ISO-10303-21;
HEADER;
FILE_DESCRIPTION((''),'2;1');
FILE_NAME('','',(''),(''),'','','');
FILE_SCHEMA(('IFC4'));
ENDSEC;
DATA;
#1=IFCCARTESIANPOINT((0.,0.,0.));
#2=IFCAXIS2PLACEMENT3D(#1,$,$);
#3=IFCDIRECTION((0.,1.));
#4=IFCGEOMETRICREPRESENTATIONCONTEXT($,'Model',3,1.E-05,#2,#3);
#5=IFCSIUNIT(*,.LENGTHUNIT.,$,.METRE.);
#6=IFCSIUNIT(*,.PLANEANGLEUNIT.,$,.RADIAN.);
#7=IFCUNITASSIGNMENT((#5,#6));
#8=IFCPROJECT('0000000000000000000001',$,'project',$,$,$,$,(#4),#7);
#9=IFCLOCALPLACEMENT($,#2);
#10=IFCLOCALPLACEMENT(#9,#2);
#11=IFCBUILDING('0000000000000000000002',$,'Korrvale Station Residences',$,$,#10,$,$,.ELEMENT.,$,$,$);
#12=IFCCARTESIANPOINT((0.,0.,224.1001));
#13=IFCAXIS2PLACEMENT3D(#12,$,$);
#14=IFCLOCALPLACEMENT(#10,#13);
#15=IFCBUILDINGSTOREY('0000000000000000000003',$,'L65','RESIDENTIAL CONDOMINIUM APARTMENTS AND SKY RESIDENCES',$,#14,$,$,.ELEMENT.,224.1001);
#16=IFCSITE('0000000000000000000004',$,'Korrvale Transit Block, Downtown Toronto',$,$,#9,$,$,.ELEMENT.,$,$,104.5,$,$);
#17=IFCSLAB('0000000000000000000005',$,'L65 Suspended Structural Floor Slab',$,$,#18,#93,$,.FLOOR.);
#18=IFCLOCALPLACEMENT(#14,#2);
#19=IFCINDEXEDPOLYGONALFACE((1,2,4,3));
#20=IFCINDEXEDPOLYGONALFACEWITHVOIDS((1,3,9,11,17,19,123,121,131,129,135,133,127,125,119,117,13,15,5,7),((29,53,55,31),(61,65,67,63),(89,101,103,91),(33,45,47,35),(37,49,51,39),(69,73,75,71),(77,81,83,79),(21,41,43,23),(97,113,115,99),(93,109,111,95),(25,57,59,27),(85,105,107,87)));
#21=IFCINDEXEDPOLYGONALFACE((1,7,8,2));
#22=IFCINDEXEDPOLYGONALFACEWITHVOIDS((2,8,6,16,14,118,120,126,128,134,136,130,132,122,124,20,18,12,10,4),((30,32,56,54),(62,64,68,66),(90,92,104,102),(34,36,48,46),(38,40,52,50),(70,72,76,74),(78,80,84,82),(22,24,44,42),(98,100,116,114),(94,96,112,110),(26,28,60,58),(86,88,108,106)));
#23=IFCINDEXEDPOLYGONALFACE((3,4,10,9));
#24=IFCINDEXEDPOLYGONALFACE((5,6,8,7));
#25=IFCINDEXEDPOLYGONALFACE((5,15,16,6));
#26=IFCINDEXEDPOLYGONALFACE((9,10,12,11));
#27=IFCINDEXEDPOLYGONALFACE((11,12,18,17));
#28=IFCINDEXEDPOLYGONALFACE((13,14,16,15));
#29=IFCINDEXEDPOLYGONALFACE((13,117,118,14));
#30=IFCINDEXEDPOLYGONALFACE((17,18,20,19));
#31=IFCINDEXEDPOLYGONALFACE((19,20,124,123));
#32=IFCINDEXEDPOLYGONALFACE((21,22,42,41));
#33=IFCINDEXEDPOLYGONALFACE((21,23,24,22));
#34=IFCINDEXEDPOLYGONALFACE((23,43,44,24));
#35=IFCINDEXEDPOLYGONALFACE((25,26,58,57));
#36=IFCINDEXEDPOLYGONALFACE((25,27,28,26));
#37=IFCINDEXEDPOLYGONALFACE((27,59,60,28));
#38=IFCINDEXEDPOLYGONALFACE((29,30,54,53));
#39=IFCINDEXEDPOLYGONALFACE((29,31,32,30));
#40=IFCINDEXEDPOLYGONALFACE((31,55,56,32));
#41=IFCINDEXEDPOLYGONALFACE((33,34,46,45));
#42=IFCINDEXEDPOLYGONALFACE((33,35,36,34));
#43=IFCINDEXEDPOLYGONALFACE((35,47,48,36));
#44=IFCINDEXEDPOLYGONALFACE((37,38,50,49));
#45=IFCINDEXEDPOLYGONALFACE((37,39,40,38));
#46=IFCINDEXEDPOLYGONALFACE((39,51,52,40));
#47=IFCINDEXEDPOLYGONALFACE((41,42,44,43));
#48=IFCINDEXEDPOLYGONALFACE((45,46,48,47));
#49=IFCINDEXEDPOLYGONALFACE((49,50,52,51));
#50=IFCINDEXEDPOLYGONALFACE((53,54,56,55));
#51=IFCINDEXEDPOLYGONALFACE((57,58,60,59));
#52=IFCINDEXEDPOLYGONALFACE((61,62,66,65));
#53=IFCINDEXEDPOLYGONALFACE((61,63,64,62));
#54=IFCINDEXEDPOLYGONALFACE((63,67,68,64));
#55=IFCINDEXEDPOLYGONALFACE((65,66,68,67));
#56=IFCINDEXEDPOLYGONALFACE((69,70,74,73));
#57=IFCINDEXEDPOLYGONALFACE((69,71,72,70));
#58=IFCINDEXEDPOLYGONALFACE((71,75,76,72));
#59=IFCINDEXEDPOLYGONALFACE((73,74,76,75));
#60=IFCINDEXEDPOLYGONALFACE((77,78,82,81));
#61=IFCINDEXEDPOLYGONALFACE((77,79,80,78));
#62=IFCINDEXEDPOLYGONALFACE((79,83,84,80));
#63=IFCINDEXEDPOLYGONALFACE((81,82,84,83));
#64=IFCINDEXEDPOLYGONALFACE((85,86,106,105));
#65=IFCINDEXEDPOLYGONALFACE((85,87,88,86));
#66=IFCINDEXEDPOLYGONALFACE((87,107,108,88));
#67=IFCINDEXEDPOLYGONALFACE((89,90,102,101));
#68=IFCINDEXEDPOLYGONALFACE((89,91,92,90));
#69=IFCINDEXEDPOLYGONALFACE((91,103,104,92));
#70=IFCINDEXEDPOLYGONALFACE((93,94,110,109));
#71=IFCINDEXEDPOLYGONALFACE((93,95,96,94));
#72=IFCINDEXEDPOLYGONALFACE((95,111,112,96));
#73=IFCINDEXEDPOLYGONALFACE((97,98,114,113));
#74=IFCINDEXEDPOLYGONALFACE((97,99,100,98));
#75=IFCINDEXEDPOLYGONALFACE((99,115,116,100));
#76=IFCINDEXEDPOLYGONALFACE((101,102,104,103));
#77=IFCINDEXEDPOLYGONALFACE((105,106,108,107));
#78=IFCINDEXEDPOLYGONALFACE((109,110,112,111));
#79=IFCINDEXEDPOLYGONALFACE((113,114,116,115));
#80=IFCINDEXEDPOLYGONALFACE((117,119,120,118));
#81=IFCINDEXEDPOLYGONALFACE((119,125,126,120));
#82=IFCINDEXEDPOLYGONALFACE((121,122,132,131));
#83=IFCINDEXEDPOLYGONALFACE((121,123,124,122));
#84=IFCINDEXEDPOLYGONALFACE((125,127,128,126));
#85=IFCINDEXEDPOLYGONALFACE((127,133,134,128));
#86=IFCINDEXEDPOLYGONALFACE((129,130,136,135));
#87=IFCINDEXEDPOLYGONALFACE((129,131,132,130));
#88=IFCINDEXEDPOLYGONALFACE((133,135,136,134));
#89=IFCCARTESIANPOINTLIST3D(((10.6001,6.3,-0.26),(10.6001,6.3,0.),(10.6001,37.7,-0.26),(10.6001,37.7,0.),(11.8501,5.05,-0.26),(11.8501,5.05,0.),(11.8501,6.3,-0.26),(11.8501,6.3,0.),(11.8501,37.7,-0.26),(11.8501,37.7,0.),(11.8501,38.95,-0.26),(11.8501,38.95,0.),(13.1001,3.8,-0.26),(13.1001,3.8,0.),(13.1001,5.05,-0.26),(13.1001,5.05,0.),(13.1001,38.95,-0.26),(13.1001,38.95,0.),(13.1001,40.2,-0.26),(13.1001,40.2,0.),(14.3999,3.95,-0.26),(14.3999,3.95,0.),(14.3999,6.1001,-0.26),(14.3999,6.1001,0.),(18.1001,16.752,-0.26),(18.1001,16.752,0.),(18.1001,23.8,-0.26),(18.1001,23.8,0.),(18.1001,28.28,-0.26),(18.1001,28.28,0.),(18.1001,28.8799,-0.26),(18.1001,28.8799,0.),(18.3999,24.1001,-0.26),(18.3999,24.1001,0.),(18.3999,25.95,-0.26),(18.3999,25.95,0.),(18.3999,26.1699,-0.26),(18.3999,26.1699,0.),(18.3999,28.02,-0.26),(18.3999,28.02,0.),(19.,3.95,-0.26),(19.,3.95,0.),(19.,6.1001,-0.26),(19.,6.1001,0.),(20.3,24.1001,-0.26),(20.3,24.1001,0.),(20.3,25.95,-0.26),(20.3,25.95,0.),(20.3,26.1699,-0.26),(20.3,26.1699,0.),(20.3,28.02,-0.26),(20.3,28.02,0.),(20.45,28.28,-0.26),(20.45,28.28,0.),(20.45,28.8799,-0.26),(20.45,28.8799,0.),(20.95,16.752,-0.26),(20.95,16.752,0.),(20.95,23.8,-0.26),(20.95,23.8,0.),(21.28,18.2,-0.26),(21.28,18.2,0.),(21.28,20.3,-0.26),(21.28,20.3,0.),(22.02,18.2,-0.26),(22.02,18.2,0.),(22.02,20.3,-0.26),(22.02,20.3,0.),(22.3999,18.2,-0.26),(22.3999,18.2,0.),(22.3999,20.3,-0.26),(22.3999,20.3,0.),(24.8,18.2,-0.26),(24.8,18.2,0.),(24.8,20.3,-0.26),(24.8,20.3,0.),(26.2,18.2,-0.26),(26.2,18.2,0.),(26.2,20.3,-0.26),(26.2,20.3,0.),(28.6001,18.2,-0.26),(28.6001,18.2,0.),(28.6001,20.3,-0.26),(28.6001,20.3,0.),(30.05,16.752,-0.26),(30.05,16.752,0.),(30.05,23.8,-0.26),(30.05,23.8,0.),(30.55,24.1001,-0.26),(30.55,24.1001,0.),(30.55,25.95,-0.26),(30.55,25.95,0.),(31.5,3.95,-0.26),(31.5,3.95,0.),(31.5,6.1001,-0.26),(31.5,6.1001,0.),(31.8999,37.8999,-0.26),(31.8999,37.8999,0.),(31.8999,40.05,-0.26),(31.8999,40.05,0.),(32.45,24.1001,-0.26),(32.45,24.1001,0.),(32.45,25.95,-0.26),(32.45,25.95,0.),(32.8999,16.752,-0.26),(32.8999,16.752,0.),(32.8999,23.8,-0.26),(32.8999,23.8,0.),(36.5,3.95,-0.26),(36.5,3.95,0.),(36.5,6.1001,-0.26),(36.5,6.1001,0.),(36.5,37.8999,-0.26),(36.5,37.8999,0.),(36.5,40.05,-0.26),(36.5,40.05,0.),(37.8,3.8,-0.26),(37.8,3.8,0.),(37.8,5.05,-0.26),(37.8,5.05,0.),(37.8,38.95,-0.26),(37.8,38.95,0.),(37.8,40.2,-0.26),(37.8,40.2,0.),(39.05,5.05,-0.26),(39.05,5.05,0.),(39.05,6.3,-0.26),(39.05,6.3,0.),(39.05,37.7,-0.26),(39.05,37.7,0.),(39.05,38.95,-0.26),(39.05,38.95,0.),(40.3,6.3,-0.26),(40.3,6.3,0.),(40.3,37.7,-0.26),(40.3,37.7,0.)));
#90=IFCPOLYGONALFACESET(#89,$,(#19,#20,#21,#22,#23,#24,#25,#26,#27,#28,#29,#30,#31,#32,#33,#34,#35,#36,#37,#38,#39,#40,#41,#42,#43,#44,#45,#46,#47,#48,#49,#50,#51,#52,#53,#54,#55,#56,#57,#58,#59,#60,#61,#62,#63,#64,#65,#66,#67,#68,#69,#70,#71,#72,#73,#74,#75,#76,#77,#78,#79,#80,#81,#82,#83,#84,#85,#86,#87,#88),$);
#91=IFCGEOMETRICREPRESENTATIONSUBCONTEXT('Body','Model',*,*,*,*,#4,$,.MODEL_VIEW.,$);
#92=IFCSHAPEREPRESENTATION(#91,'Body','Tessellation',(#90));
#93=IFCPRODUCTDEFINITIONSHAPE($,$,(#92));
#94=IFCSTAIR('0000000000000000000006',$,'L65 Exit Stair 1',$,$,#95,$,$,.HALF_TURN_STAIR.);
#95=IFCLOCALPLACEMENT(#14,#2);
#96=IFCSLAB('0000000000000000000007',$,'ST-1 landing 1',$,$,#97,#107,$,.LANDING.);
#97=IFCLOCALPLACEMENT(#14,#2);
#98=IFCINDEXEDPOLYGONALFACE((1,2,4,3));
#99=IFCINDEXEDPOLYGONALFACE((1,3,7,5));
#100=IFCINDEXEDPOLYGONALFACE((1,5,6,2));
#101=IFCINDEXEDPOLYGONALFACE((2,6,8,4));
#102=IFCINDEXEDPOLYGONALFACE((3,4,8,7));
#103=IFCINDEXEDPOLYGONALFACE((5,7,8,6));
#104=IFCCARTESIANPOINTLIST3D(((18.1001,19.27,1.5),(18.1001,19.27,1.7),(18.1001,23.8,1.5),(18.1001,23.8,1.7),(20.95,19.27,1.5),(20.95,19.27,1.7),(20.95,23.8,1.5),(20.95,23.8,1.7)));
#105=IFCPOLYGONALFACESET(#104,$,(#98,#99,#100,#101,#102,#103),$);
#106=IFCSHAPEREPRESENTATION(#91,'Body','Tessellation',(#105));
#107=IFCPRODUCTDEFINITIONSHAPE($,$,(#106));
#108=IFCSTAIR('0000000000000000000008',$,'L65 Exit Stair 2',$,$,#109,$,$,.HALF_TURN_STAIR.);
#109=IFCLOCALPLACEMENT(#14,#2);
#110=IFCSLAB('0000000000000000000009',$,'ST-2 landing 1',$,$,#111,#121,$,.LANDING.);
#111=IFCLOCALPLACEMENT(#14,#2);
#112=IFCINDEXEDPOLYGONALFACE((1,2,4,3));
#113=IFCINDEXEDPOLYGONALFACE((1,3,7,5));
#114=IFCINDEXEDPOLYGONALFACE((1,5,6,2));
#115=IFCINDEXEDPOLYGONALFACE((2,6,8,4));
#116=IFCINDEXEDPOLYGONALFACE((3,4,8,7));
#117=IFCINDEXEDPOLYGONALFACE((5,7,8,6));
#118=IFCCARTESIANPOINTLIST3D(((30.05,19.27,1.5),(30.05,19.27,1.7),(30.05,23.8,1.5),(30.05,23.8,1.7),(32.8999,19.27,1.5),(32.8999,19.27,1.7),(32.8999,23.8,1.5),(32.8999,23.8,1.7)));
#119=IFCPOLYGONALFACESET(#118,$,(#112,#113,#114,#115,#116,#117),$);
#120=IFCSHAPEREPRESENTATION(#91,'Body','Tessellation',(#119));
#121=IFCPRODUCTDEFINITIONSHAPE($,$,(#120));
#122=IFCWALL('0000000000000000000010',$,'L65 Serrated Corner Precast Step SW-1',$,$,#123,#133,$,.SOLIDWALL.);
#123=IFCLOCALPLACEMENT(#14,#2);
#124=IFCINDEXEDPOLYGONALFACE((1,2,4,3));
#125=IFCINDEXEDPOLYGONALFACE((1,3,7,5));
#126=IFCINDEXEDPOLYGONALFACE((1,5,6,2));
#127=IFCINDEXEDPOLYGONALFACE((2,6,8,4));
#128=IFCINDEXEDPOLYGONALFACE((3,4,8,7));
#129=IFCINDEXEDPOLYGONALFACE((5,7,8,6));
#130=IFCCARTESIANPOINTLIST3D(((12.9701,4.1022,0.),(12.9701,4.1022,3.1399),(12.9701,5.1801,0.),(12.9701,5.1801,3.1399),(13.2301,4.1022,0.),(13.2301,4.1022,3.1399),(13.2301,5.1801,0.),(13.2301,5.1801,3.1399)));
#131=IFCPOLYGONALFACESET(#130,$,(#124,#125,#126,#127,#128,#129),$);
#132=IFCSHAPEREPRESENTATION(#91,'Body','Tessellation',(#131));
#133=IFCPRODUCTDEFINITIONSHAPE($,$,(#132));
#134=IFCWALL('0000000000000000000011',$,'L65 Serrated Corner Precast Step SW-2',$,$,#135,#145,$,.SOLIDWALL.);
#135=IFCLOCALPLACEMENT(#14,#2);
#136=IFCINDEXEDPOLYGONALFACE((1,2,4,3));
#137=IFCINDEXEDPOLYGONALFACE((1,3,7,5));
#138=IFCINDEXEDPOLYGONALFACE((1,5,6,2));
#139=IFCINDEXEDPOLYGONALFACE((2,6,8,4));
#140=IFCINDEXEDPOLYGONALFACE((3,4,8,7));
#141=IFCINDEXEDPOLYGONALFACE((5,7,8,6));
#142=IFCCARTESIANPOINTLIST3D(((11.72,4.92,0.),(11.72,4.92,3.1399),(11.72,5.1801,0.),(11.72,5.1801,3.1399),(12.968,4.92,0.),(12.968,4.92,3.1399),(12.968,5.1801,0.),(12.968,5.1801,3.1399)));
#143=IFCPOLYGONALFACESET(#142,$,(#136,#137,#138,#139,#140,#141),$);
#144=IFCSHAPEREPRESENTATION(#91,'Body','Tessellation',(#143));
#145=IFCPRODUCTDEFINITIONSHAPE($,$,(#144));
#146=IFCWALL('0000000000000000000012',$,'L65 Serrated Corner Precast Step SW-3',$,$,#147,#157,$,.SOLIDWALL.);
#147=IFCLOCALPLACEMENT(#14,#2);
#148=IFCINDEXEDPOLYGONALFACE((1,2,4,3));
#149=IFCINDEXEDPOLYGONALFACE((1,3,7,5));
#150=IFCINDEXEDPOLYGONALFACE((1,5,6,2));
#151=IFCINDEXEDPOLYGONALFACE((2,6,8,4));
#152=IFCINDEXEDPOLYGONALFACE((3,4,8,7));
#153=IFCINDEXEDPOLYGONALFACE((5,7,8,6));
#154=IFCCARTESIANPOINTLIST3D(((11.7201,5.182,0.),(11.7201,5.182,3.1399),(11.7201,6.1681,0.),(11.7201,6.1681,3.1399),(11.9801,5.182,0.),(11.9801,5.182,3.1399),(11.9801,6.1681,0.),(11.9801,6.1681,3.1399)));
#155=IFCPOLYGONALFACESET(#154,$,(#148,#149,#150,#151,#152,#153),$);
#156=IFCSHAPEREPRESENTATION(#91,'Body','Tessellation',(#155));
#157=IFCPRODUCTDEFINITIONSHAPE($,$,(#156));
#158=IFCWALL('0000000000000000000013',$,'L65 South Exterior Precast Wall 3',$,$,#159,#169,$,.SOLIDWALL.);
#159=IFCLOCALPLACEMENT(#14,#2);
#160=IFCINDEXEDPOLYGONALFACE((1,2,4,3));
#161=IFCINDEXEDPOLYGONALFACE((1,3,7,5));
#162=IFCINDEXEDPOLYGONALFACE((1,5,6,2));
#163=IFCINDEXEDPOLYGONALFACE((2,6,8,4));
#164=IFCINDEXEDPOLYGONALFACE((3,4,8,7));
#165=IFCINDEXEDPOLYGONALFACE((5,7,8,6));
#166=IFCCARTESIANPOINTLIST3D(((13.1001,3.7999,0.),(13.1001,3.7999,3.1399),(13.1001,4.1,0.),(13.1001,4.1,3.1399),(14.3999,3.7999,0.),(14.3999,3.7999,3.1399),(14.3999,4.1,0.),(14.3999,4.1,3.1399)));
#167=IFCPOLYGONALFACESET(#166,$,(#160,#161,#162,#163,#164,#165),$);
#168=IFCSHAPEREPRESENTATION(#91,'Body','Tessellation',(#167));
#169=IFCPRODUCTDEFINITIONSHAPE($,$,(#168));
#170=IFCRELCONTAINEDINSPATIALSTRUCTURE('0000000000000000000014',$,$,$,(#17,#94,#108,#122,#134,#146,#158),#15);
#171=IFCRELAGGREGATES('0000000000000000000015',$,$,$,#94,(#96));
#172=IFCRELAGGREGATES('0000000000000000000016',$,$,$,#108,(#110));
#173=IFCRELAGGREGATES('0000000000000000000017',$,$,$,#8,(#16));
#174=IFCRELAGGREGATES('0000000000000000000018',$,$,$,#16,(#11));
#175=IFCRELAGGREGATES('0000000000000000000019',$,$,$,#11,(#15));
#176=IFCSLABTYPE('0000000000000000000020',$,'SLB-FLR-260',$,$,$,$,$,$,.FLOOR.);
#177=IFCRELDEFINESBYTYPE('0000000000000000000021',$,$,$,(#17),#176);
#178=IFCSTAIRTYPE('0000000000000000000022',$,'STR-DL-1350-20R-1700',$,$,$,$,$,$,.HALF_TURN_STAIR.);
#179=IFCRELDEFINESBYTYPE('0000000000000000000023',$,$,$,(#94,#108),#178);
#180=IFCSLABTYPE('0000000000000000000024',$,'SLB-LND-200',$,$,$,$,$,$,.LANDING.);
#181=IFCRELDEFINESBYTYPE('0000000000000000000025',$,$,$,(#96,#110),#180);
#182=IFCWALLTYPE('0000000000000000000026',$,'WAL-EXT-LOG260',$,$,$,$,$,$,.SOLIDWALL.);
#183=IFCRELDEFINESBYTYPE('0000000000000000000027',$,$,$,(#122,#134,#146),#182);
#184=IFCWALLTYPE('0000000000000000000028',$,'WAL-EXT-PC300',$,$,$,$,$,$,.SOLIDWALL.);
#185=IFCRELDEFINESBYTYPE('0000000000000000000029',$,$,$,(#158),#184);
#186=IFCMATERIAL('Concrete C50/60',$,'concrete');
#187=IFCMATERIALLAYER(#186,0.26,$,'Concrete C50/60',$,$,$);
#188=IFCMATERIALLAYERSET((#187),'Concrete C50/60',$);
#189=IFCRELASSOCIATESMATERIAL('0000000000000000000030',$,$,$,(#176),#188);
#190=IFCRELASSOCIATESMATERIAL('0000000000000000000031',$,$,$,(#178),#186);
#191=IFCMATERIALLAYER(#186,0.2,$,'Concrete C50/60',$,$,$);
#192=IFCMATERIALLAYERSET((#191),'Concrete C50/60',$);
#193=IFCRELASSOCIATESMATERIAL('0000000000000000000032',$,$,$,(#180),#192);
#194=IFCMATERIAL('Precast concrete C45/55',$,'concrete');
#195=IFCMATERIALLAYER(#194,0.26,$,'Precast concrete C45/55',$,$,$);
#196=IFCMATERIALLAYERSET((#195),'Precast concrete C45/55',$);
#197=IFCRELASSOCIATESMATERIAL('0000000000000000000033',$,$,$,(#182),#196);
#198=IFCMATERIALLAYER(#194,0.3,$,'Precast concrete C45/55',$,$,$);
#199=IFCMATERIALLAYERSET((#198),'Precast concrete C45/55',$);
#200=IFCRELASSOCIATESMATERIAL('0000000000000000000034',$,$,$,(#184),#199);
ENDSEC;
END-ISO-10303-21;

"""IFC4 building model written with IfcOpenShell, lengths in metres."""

from ifc_helpers import new_model, si_unit, direction, frame, frame_2d, origin, place, context, subcontext, project, spatial, polyline, rectangle, outline, extrude, material, layer, layer_set, type_object, element, aggregate, save


model = new_model("IFC4")

# Units and contexts
model_context = context("Model", 3, precision=1e-05, world=origin(), true_north=direction((0.0, 1.0)))
body_context = subcontext(model_context, "Body", "Model", "MODEL_VIEW")
ifc_project = project(units=[si_unit("LENGTHUNIT", "METRE"), si_unit("PLANEANGLEUNIT", "RADIAN")], contexts=[model_context])

# Site, building, storey
site_placement = place(None, origin())
site = spatial("IfcSite", under=ifc_project, at=site_placement, Name="Korrvale Transit Block, Downtown Toronto", CompositionType="ELEMENT", RefElevation=104.5)
building_placement = place(site_placement, origin())
building = spatial("IfcBuilding", under=site, at=building_placement, Name="Korrvale Station Residences", CompositionType="ELEMENT")
storey_placement = place(building_placement, frame((0.0, 0.0, 224.1001)))
storey = spatial("IfcBuildingStorey", under=building, at=storey_placement, Name="L65", Description="RESIDENTIAL CONDOMINIUM APARTMENTS AND SKY RESIDENCES", CompositionType="ELEMENT", Elevation=224.1001)

# Shared definitions
ifc_material_1 = material(Name="Concrete C50/60", Category="concrete")

# Slab
ifc_layer_1 = layer(ifc_material_1, 0.26, Name="Concrete C50/60")
ifc_layer_set_1 = layer_set([ifc_layer_1], Name="Concrete C50/60")
slab_type_1 = type_object("IfcSlabType", Name="SLB-FLR-260", PredefinedType="FLOOR", material=ifc_layer_set_1)
slab_1_placement = place(storey_placement, frame((0.0, 0.0, -0.26)))
element("IfcSlab", 1, at=slab_1_placement, inside=storey, type_object=slab_type_1, Name="L65 Suspended Structural Floor Slab", PredefinedType="FLOOR", context=body_context, shape_type="SweptSolid", body=[
    extrude(outline(polyline([(13.1001, 3.8), (37.8, 3.8), (37.8, 5.05), (39.05, 5.05), (39.05, 6.3), (40.3, 6.3), (40.3, 37.7), (39.05, 37.7), (39.05, 38.95), (37.8, 38.95), (37.8, 40.2), (13.1001, 40.2), (13.1001, 38.95), (11.8501, 38.95), (11.8501, 37.7), (10.6001, 37.7), (10.6001, 6.3), (11.8501, 6.3), (11.8501, 5.05), (13.1001, 5.05), (13.1001, 3.8)]), holes=[polyline([(20.95, 16.752), (20.95, 23.8), (18.1001, 23.8), (18.1001, 16.752), (20.95, 16.752)]), polyline([(32.8999, 16.752), (32.8999, 23.8), (30.05, 23.8), (30.05, 16.752), (32.8999, 16.752)]), polyline([(18.3999, 24.1001), (20.3, 24.1001), (20.3, 25.95), (18.3999, 25.95), (18.3999, 24.1001)]), polyline([(18.3999, 26.1699), (20.3, 26.1699), (20.3, 28.02), (18.3999, 28.02), (18.3999, 26.1699)]), polyline([(30.55, 24.1001), (32.45, 24.1001), (32.45, 25.95), (30.55, 25.95), (30.55, 24.1001)]), polyline([(22.3999, 18.2), (24.8, 18.2), (24.8, 20.3), (22.3999, 20.3), (22.3999, 18.2)]), polyline([(26.2, 18.2), (28.6001, 18.2), (28.6001, 20.3), (26.2, 20.3), (26.2, 18.2)]), polyline([(18.1001, 28.28), (20.45, 28.28), (20.45, 28.8799), (18.1001, 28.8799), (18.1001, 28.28)]), polyline([(21.28, 18.2), (22.02, 18.2), (22.02, 20.3), (21.28, 20.3), (21.28, 18.2)]), polyline([(14.3999, 3.95), (19.0, 3.95), (19.0, 6.1001), (14.3999, 6.1001), (14.3999, 3.95)]), polyline([(31.8999, 37.8999), (36.5, 37.8999), (36.5, 40.05), (31.8999, 40.05), (31.8999, 37.8999)]), polyline([(31.5, 3.95), (36.5, 3.95), (36.5, 6.1001), (31.5, 6.1001), (31.5, 3.95)])]), origin(), (0.0, 0.0, 1.0), 0.26),
])

# Stairs, slabs
stair_type = type_object("IfcStairType", Name="STR-DL-1350-20R-1700", PredefinedType="HALF_TURN_STAIR", material=ifc_material_1)
stair_1_placement = place(storey_placement, origin())
stair_1 = element("IfcStair", 2, at=stair_1_placement, inside=storey, type_object=stair_type, Name="L65 Exit Stair 1", PredefinedType="HALF_TURN_STAIR")
ifc_layer_2 = layer(ifc_material_1, 0.2, Name="Concrete C50/60")
ifc_layer_set_2 = layer_set([ifc_layer_2], Name="Concrete C50/60")
slab_type_2 = type_object("IfcSlabType", Name="SLB-LND-200", PredefinedType="LANDING", material=ifc_layer_set_2)
slab_2_placement = place(storey_placement, frame((0.0, 0.0, 1.5)))
slab_2 = element("IfcSlab", 3, at=slab_2_placement, type_object=slab_type_2, Name="ST-1 landing 1", PredefinedType="LANDING", context=body_context, shape_type="SweptSolid", body=[
    extrude(outline(polyline([(20.95, 19.27), (20.95, 23.8), (18.1001, 23.8), (18.1001, 19.27), (20.95, 19.27)])), origin(), (0.0, 0.0, 1.0), 0.2),
])
aggregate(stair_1, [slab_2])
stair_2_placement = place(storey_placement, origin())
stair_2 = element("IfcStair", 4, at=stair_2_placement, inside=storey, type_object=stair_type, Name="L65 Exit Stair 2", PredefinedType="HALF_TURN_STAIR")
slab_3_placement = place(storey_placement, frame((0.0, 0.0, 1.5)))
slab_3 = element("IfcSlab", 5, at=slab_3_placement, type_object=slab_type_2, Name="ST-2 landing 1", PredefinedType="LANDING", context=body_context, shape_type="SweptSolid", body=[
    extrude(outline(polyline([(32.8999, 19.27), (32.8999, 23.8), (30.05, 23.8), (30.05, 19.27), (32.8999, 19.27)])), origin(), (0.0, 0.0, 1.0), 0.2),
])
aggregate(stair_2, [slab_3])

# Walls
ifc_material_2 = material(Name="Precast concrete C45/55", Category="concrete")
ifc_layer_3 = layer(ifc_material_2, 0.26, Name="Precast concrete C45/55")
ifc_layer_set_3 = layer_set([ifc_layer_3], Name="Precast concrete C45/55")
wall_type_1 = type_object("IfcWallType", Name="WAL-EXT-LOG260", PredefinedType="SOLIDWALL", material=ifc_layer_set_3)
wall_1_placement = place(storey_placement, frame((13.1001, 4.1021, 0.0), z_axis=(0.0, 0.0, 1.0), x_axis=(0.0, 1.0, 0.0)))
element("IfcWall", 6, at=wall_1_placement, inside=storey, type_object=wall_type_1, Name="L65 Serrated Corner Precast Step SW-1", PredefinedType="SOLIDWALL", context=body_context, shape_type="SweptSolid", body=[
    extrude(rectangle(XDim=1.0779, YDim=0.26, at=frame_2d((0.5391, 0.0))), origin(), (0.0, 0.0, 1.0), 3.1399),
])
wall_2_placement = place(storey_placement, frame((12.968, 5.05, 0.0), z_axis=(0.0, 0.0, 1.0), x_axis=(-1.0, 0.0, 0.0)))
element("IfcWall", 7, at=wall_2_placement, inside=storey, type_object=wall_type_1, Name="L65 Serrated Corner Precast Step SW-2", PredefinedType="SOLIDWALL", context=body_context, shape_type="SweptSolid", body=[
    extrude(rectangle(XDim=1.248, YDim=0.26, at=frame_2d((0.624, 0.0))), origin(), (0.0, 0.0, 1.0), 3.1399),
])
wall_3_placement = place(storey_placement, frame((11.8501, 5.1819, 0.0), z_axis=(0.0, 0.0, 1.0), x_axis=(0.0, 1.0, 0.0)))
element("IfcWall", 8, at=wall_3_placement, inside=storey, type_object=wall_type_1, Name="L65 Serrated Corner Precast Step SW-3", PredefinedType="SOLIDWALL", context=body_context, shape_type="SweptSolid", body=[
    extrude(rectangle(XDim=0.9861, YDim=0.26, at=frame_2d((0.4932, 0.0))), origin(), (0.0, 0.0, 1.0), 3.1399),
])
ifc_layer_4 = layer(ifc_material_2, 0.3, Name="Precast concrete C45/55")
ifc_layer_set_4 = layer_set([ifc_layer_4], Name="Precast concrete C45/55")
wall_type_2 = type_object("IfcWallType", Name="WAL-EXT-PC300", PredefinedType="SOLIDWALL", material=ifc_layer_set_4)
wall_4_placement = place(storey_placement, frame((14.3999, 3.95, 0.0), z_axis=(0.0, 0.0, 1.0), x_axis=(-1.0, 0.0, 0.0)))
element("IfcWall", 9, at=wall_4_placement, inside=storey, type_object=wall_type_2, Name="L65 South Exterior Precast Wall 3", PredefinedType="SOLIDWALL", context=body_context, shape_type="SweptSolid", body=[
    extrude(rectangle(XDim=1.2998, YDim=0.3, at=frame_2d((0.6499, 0.0))), origin(), (0.0, 0.0, 1.0), 3.1399),
])

save(model, "model.ifc")
